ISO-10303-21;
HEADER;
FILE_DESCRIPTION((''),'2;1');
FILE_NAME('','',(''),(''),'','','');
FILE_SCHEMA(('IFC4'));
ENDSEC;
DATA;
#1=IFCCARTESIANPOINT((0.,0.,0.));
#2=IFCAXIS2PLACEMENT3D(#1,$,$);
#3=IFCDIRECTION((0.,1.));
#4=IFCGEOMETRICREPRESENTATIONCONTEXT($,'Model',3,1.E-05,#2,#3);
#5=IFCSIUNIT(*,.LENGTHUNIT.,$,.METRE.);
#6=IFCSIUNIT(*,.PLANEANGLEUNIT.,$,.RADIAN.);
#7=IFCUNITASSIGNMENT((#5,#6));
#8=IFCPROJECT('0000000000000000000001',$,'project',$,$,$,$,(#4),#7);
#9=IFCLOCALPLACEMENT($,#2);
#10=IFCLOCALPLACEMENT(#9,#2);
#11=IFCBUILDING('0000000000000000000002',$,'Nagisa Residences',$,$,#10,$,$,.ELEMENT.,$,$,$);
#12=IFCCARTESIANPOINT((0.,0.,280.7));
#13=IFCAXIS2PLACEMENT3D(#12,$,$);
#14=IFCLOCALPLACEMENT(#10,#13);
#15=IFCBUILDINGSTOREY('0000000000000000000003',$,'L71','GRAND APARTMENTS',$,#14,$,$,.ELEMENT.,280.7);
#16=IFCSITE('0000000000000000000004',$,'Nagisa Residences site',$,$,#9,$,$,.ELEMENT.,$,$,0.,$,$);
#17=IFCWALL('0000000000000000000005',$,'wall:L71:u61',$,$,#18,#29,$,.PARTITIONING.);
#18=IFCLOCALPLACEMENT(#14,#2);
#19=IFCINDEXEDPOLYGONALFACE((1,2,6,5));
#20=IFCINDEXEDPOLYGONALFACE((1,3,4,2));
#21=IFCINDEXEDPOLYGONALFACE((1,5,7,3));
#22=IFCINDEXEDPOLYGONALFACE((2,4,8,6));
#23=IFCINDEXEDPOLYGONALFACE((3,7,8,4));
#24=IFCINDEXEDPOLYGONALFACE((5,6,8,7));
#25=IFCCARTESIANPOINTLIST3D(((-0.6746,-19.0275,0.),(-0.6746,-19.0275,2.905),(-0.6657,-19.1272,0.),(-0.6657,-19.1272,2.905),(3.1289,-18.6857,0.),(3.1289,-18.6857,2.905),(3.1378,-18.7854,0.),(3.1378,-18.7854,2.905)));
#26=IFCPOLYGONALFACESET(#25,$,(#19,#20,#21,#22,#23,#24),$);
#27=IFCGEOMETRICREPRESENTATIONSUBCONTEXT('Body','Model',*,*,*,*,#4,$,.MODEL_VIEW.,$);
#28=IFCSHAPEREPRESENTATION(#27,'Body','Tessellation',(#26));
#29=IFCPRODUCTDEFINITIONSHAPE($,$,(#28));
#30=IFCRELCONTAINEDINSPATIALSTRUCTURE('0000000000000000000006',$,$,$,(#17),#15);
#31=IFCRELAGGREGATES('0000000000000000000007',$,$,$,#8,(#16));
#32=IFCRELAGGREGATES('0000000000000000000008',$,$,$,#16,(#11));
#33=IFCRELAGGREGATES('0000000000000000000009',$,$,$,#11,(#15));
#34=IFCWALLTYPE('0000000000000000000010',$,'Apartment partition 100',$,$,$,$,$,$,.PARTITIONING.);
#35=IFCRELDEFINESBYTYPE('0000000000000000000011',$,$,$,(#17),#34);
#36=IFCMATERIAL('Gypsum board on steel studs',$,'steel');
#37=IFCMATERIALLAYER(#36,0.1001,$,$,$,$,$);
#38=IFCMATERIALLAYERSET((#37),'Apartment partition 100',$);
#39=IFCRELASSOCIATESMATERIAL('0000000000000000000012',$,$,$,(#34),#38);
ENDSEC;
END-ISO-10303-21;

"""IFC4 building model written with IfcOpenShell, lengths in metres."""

from ifc_helpers import new_model, si_unit, direction, frame, frame_2d, origin, place, context, subcontext, project, spatial, rectangle, extrude, material, layer, layer_set, type_object, element, save


model = new_model("IFC4")

# Units and contexts
model_context = context("Model", 3, precision=1e-05, world=origin(), true_north=direction((0.0, 1.0)))
body_context = subcontext(model_context, "Body", "Model", "MODEL_VIEW")
ifc_project = project(units=[si_unit("LENGTHUNIT", "METRE"), si_unit("PLANEANGLEUNIT", "RADIAN")], contexts=[model_context])

# Site, building, storey
site_placement = place(None, origin())
site = spatial("IfcSite", under=ifc_project, at=site_placement, Name="Nagisa Residences site", CompositionType="ELEMENT", RefElevation=0.0)
building_placement = place(site_placement, origin())
building = spatial("IfcBuilding", under=site, at=building_placement, Name="Nagisa Residences", CompositionType="ELEMENT")
storey_placement = place(building_placement, frame((0.0, 0.0, 280.7)))
storey = spatial("IfcBuildingStorey", under=building, at=storey_placement, Name="L71", Description="GRAND APARTMENTS", CompositionType="ELEMENT", Elevation=280.7)

# Shared definitions
ifc_material_1 = material(Name="Gypsum board on steel studs", Category="steel")
ifc_layer_1 = layer(ifc_material_1, 0.1001)
ifc_layer_set_1 = layer_set([ifc_layer_1], Name="Apartment partition 100")
wall_type_1 = type_object("IfcWallType", Name="Apartment partition 100", PredefinedType="PARTITIONING", material=ifc_layer_set_1)

# Wall
wall_1_placement = place(storey_placement, frame((-0.6702, -19.0774, 0.0), z_axis=(0.0, 0.0, 1.0), x_axis=(0.995986, 0.089504, 0.0)))
element("IfcWall", 1, at=wall_1_placement, inside=storey, type_object=wall_type_1, Name="wall:L71:u61", PredefinedType="PARTITIONING", context=body_context, shape_type="SweptSolid", body=[
    extrude(rectangle(XDim=3.8188, YDim=0.1001, at=frame_2d((1.9094, 0.0))), origin(), (0.0, 0.0, 1.0), 2.905),
])

save(model, "model.ifc")
